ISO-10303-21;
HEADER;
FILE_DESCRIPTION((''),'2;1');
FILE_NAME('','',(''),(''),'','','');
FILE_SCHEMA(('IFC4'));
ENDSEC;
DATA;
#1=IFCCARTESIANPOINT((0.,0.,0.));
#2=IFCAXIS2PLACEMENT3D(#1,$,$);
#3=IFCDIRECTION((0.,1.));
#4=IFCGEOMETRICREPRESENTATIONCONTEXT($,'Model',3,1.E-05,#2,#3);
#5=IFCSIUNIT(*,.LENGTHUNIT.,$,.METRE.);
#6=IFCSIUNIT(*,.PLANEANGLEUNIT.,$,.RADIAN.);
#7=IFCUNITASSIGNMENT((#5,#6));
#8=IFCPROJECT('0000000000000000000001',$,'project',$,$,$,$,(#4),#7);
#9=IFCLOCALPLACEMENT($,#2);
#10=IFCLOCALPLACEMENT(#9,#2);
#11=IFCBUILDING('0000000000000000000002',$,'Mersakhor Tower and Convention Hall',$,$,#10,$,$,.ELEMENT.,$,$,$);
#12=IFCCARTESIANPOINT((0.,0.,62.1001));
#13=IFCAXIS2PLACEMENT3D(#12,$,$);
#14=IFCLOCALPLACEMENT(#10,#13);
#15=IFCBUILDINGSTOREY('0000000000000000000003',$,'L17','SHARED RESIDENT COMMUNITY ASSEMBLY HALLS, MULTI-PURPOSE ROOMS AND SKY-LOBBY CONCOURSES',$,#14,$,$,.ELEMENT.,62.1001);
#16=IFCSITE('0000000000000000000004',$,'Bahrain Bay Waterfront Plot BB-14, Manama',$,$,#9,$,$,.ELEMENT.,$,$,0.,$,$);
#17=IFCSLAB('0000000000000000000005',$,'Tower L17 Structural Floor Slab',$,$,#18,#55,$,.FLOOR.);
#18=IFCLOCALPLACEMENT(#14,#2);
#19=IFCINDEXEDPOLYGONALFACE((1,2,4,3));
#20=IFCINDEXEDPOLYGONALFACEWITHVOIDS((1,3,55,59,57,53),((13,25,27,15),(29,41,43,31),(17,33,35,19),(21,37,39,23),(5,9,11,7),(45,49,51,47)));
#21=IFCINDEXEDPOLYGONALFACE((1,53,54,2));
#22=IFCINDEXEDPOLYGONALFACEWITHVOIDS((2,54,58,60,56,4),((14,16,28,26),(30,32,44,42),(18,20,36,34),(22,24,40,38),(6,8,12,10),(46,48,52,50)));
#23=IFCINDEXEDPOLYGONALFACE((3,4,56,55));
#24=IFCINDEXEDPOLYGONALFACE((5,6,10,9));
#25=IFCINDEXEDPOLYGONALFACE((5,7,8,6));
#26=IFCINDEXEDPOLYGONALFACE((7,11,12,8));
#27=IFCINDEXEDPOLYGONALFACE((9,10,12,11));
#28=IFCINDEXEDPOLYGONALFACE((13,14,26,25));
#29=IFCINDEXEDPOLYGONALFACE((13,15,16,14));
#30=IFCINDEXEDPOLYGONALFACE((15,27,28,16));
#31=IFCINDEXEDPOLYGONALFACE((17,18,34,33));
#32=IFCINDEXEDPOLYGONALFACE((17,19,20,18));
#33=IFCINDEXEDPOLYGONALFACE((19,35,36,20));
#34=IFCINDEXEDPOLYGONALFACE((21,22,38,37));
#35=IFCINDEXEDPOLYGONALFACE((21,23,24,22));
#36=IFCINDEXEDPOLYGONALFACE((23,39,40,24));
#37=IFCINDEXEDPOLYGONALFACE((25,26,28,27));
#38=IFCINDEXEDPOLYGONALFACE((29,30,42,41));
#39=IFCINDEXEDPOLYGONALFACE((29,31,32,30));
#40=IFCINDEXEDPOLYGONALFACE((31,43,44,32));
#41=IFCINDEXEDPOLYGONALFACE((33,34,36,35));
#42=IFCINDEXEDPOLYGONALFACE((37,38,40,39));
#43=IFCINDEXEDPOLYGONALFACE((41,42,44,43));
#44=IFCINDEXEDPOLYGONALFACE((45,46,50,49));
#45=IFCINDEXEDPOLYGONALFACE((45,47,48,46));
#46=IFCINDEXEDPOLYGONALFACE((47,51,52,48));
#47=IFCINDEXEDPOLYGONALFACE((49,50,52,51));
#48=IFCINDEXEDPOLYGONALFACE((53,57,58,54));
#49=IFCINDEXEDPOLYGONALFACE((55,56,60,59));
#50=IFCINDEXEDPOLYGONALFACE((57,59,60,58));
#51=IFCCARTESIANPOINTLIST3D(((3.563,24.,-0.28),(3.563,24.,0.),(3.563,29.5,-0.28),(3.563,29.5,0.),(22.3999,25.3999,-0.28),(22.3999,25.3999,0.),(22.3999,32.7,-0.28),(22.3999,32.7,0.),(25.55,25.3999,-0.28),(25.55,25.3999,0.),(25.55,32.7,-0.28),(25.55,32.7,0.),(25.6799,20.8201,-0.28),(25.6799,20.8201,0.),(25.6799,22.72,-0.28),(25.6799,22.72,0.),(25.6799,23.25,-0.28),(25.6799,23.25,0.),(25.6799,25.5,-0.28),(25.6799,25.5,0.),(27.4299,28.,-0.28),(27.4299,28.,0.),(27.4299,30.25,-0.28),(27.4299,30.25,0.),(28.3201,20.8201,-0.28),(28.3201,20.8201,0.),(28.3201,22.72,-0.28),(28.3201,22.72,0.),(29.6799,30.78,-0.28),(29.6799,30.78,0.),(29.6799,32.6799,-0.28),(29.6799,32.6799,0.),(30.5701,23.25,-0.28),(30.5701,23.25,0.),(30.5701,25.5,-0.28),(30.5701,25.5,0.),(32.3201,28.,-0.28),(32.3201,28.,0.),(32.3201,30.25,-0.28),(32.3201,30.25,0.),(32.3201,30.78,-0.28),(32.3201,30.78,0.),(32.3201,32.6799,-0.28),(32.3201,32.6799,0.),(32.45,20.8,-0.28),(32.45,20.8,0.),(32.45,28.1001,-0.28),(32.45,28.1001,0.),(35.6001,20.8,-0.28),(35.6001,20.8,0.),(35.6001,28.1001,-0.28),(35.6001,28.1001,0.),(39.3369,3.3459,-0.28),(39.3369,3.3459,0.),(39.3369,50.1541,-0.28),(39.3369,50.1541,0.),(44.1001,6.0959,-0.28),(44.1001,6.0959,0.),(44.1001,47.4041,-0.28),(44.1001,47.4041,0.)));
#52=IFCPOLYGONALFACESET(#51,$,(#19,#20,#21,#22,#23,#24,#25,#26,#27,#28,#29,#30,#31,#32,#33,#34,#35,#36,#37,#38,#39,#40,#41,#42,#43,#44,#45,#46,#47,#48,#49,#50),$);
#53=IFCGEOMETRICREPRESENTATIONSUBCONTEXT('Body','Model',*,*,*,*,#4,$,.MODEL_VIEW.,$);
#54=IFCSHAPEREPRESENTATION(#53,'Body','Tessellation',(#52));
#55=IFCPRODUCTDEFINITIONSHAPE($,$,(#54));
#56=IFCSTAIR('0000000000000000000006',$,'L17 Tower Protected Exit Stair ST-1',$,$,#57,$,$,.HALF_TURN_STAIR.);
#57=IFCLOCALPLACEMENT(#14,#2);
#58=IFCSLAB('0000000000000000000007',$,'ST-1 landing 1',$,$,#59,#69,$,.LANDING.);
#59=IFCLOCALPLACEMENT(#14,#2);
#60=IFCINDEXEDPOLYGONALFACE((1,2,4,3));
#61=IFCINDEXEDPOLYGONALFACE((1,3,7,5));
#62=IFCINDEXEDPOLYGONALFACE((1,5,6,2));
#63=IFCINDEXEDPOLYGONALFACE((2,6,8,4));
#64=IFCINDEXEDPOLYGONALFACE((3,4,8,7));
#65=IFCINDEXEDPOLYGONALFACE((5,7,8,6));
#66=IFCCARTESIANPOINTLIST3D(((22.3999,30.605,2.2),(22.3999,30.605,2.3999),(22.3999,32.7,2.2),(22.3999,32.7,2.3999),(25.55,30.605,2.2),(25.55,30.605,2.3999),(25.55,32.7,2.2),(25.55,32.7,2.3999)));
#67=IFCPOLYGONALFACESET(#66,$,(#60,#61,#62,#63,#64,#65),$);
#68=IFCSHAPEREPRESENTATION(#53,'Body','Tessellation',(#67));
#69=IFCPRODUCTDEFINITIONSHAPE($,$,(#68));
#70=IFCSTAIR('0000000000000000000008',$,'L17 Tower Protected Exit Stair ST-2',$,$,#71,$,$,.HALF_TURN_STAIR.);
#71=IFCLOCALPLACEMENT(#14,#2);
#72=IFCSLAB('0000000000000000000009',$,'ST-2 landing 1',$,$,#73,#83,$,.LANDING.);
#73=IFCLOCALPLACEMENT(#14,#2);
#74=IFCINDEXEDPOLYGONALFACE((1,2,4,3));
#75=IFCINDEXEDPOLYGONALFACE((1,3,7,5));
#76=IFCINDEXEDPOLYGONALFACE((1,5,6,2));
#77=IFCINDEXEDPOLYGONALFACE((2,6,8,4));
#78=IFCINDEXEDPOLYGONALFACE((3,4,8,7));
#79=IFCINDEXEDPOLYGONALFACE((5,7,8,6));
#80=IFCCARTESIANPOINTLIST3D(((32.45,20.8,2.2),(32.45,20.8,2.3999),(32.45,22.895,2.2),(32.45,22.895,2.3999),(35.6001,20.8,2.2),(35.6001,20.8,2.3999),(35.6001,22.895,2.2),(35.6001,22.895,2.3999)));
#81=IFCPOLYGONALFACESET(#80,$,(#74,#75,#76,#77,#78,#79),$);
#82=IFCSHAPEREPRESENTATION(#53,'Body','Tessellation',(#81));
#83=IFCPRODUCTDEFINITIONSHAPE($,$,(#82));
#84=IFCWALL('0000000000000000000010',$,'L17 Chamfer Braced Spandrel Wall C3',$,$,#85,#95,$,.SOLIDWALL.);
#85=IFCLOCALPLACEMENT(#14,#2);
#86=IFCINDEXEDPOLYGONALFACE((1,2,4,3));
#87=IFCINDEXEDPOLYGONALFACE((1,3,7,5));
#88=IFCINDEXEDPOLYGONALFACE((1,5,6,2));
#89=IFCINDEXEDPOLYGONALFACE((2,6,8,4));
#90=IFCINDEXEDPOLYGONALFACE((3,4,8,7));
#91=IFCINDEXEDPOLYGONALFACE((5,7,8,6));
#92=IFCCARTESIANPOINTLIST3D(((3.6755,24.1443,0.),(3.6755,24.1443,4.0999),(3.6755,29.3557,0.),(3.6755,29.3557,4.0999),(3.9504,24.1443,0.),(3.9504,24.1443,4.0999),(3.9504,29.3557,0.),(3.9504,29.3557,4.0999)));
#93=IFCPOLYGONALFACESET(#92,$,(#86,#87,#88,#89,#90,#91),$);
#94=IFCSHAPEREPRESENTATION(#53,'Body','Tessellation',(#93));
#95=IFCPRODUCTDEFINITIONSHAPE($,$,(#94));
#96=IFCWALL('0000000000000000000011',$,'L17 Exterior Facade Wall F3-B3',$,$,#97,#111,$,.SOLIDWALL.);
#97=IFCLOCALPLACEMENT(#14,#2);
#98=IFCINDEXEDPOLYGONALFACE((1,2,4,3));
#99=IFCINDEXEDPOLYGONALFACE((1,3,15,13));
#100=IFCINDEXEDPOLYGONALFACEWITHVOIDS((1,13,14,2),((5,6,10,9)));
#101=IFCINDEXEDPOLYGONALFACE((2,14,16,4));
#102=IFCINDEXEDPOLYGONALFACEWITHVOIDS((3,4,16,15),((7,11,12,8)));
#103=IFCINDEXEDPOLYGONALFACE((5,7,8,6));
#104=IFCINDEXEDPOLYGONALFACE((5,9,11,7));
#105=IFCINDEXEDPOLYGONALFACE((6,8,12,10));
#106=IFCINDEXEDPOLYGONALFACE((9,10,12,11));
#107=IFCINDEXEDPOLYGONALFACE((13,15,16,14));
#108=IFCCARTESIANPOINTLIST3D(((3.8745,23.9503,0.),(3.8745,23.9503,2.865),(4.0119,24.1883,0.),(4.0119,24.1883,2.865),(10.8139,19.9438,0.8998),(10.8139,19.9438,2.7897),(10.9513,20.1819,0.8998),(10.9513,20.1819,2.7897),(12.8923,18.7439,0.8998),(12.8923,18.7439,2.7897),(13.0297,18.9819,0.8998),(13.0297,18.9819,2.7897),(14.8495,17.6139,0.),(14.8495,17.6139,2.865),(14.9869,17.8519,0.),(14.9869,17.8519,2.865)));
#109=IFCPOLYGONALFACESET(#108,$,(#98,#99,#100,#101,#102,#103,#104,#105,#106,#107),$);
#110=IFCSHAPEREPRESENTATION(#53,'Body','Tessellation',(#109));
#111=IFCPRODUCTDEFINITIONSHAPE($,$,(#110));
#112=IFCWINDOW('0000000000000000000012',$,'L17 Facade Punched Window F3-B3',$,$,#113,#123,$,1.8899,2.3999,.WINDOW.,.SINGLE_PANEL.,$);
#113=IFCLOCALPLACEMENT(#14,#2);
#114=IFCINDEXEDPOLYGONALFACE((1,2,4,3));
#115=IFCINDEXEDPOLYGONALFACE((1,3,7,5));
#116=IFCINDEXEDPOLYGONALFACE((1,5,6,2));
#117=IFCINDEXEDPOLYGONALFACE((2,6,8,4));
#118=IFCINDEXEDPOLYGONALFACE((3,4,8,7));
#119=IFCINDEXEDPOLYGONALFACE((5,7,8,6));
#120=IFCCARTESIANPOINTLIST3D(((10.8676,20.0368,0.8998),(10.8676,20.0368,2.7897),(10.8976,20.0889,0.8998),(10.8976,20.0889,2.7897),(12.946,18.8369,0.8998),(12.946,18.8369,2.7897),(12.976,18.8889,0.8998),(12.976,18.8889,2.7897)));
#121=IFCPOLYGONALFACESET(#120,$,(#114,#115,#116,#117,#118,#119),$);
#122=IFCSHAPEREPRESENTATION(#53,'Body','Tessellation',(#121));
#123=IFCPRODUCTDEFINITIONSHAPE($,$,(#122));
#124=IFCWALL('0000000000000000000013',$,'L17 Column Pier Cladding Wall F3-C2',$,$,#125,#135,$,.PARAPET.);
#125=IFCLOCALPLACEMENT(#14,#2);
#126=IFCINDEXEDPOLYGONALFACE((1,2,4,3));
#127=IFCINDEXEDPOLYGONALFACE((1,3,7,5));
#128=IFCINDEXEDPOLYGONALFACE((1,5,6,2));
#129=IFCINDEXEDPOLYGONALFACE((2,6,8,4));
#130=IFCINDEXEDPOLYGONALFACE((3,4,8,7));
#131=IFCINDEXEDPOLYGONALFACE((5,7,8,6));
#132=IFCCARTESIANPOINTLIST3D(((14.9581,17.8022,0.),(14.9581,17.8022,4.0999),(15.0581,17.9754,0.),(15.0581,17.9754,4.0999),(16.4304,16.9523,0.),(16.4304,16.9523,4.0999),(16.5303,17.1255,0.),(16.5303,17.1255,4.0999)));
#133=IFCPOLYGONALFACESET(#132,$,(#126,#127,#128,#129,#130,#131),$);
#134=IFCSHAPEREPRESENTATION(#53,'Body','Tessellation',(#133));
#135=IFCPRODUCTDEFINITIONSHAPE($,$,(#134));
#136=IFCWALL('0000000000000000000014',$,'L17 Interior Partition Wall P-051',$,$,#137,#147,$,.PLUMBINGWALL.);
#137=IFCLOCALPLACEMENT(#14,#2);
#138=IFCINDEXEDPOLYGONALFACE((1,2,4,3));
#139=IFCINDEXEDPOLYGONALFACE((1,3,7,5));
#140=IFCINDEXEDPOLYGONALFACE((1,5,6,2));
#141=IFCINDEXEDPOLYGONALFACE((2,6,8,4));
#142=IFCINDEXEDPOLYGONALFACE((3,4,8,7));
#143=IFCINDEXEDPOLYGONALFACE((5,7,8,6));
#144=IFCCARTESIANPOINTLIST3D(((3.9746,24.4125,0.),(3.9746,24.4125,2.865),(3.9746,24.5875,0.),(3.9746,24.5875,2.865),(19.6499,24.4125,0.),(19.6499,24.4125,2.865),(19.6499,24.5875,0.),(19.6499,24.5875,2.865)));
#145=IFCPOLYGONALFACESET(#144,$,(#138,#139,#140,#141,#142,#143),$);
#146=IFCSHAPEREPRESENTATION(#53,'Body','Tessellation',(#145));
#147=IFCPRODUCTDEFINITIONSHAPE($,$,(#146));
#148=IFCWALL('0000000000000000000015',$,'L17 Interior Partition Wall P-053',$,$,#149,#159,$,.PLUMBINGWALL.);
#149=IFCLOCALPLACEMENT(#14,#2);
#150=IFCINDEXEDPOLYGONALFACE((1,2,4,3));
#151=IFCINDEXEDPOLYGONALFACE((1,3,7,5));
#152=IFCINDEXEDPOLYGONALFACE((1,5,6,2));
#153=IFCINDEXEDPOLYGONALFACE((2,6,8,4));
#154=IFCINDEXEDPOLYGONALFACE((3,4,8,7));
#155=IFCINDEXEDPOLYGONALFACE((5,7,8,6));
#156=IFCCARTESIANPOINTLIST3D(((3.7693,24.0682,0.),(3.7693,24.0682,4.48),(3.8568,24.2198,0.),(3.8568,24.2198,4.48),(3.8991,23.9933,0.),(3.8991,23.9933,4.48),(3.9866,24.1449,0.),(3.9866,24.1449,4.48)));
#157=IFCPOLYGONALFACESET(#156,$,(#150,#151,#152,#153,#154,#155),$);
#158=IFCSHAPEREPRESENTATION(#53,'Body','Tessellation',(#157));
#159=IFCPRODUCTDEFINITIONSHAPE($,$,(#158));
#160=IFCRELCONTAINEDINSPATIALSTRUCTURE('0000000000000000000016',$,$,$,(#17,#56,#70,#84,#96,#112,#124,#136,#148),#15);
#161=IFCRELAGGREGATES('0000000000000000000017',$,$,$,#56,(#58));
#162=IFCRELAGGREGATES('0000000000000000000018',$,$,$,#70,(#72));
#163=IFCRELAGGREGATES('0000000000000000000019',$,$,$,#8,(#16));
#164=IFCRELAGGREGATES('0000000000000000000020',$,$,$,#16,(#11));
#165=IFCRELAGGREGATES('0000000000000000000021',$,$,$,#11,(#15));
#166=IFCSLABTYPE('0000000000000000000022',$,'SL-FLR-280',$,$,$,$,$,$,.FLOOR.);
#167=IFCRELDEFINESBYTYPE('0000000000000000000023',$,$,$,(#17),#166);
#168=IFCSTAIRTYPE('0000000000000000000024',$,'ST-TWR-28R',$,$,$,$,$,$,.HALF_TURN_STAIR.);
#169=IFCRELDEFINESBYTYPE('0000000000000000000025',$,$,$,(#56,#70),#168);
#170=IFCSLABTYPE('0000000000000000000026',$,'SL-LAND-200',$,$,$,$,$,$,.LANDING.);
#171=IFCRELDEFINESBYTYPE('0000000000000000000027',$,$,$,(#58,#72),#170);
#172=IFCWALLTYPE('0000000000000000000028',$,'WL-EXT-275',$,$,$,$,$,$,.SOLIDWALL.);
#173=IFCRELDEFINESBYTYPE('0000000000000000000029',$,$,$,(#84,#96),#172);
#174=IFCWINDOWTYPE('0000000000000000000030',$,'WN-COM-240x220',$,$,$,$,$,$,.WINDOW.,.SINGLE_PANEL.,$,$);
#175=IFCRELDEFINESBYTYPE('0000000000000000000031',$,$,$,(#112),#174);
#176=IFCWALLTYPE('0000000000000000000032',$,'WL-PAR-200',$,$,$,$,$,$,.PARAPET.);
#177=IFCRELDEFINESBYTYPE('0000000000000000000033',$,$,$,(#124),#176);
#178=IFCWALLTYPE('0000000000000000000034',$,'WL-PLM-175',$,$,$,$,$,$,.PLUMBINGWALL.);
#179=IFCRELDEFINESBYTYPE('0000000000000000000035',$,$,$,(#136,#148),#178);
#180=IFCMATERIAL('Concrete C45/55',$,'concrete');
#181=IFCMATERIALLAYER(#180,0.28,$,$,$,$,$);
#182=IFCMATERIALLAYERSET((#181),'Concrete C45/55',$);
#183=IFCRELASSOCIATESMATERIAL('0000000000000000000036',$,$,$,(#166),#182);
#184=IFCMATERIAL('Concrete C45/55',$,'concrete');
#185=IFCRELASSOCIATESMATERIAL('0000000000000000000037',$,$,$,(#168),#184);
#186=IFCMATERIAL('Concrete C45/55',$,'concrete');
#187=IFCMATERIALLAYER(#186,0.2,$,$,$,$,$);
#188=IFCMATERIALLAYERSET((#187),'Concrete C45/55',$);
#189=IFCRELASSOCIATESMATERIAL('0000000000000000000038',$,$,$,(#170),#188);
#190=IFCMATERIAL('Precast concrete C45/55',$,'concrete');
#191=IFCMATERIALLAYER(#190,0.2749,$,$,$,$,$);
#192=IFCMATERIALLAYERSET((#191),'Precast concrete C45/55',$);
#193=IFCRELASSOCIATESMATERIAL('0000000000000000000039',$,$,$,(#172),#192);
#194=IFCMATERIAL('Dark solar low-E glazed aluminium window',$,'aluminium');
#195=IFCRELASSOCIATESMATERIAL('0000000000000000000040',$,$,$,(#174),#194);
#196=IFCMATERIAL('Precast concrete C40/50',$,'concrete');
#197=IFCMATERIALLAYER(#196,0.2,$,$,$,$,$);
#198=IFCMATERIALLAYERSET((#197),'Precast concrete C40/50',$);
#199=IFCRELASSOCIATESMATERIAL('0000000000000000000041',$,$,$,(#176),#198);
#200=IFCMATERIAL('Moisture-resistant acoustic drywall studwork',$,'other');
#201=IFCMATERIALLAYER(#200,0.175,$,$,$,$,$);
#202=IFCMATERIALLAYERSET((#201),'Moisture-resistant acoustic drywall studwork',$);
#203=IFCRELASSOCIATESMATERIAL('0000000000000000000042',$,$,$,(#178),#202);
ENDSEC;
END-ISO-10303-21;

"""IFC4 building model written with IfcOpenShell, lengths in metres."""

from ifc_helpers import new_model, si_unit, direction, frame, frame_2d, origin, place, context, subcontext, project, spatial, polyline, rectangle, outline, extrude, material, layer, layer_set, type_object, element, fill, aggregate, save


model = new_model("IFC4")

# Units and contexts
model_context = context("Model", 3, precision=1e-05, world=origin(), true_north=direction((0.0, 1.0)))
body_context = subcontext(model_context, "Body", "Model", "MODEL_VIEW")
ifc_project = project(units=[si_unit("LENGTHUNIT", "METRE"), si_unit("PLANEANGLEUNIT", "RADIAN")], contexts=[model_context])

# Site, building, storey
site_placement = place(None, origin())
site = spatial("IfcSite", under=ifc_project, at=site_placement, Name="Bahrain Bay Waterfront Plot BB-14, Manama", CompositionType="ELEMENT", RefElevation=0.0)
building_placement = place(site_placement, origin())
building = spatial("IfcBuilding", under=site, at=building_placement, Name="Mersakhor Tower and Convention Hall", CompositionType="ELEMENT")
storey_placement = place(building_placement, frame((0.0, 0.0, 62.1001)))
storey = spatial("IfcBuildingStorey", under=building, at=storey_placement, Name="L17", Description="SHARED RESIDENT COMMUNITY ASSEMBLY HALLS, MULTI-PURPOSE ROOMS AND SKY-LOBBY CONCOURSES", CompositionType="ELEMENT", Elevation=62.1001)

# Slab
ifc_material_1 = material(Name="Concrete C45/55", Category="concrete")
ifc_layer_1 = layer(ifc_material_1, 0.28)
ifc_layer_set_1 = layer_set([ifc_layer_1], Name="Concrete C45/55")
slab_type_1 = type_object("IfcSlabType", Name="SL-FLR-280", PredefinedType="FLOOR", material=ifc_layer_set_1)
slab_1_placement = place(storey_placement, frame((0.0, 0.0, -0.28)))
element("IfcSlab", 1, at=slab_1_placement, inside=storey, type_object=slab_type_1, Name="Tower L17 Structural Floor Slab", PredefinedType="FLOOR", context=body_context, shape_type="SweptSolid", body=[
    extrude(outline(polyline([(3.563, 29.5), (39.3369, 50.1541), (44.1001, 47.4041), (44.1001, 6.0959), (39.3369, 3.3459), (3.563, 24.0), (3.563, 29.5)]), holes=[polyline([(25.55, 25.3999), (25.55, 32.7), (22.3999, 32.7), (22.3999, 25.3999), (25.55, 25.3999)]), polyline([(32.45, 28.1001), (32.45, 20.8), (35.6001, 20.8), (35.6001, 28.1001), (32.45, 28.1001)]), polyline([(25.6799, 20.8201), (25.6799, 22.72), (28.3201, 22.72), (28.3201, 20.8201), (25.6799, 20.8201)]), polyline([(29.6799, 30.78), (29.6799, 32.6799), (32.3201, 32.6799), (32.3201, 30.78), (29.6799, 30.78)]), polyline([(25.6799, 23.25), (25.6799, 25.5), (30.5701, 25.5), (30.5701, 23.25), (25.6799, 23.25)]), polyline([(27.4299, 28.0), (27.4299, 30.25), (32.3201, 30.25), (32.3201, 28.0), (27.4299, 28.0)])]), origin(), (0.0, 0.0, 1.0), 0.28),
])

# Stairs, slabs
ifc_material_2 = material(Name="Concrete C45/55", Category="concrete")
stair_type = type_object("IfcStairType", Name="ST-TWR-28R", PredefinedType="HALF_TURN_STAIR", material=ifc_material_2)
stair_1_placement = place(storey_placement, origin())
stair_1 = element("IfcStair", 2, at=stair_1_placement, inside=storey, type_object=stair_type, Name="L17 Tower Protected Exit Stair ST-1", PredefinedType="HALF_TURN_STAIR")
ifc_material_3 = material(Name="Concrete C45/55", Category="concrete")
ifc_layer_2 = layer(ifc_material_3, 0.2)
ifc_layer_set_2 = layer_set([ifc_layer_2], Name="Concrete C45/55")
slab_type_2 = type_object("IfcSlabType", Name="SL-LAND-200", PredefinedType="LANDING", material=ifc_layer_set_2)
slab_2_placement = place(storey_placement, frame((0.0, 0.0, 2.2)))
slab_2 = element("IfcSlab", 3, at=slab_2_placement, type_object=slab_type_2, Name="ST-1 landing 1", PredefinedType="LANDING", context=body_context, shape_type="SweptSolid", body=[
    extrude(outline(polyline([(25.55, 30.605), (25.55, 32.7), (22.3999, 32.7), (22.3999, 30.605), (25.55, 30.605)])), origin(), (0.0, 0.0, 1.0), 0.2),
])
aggregate(stair_1, [slab_2])
stair_2_placement = place(storey_placement, origin())
stair_2 = element("IfcStair", 4, at=stair_2_placement, inside=storey, type_object=stair_type, Name="L17 Tower Protected Exit Stair ST-2", PredefinedType="HALF_TURN_STAIR")
slab_3_placement = place(storey_placement, frame((0.0, 0.0, 2.2)))
slab_3 = element("IfcSlab", 5, at=slab_3_placement, type_object=slab_type_2, Name="ST-2 landing 1", PredefinedType="LANDING", context=body_context, shape_type="SweptSolid", body=[
    extrude(outline(polyline([(32.45, 22.895), (32.45, 20.8), (35.6001, 20.8), (35.6001, 22.895), (32.45, 22.895)])), origin(), (0.0, 0.0, 1.0), 0.2),
])
aggregate(stair_2, [slab_3])

# Wall
ifc_material_4 = material(Name="Precast concrete C45/55", Category="concrete")
ifc_layer_3 = layer(ifc_material_4, 0.2749)
ifc_layer_set_3 = layer_set([ifc_layer_3], Name="Precast concrete C45/55")
wall_type_1 = type_object("IfcWallType", Name="WL-EXT-275", PredefinedType="SOLIDWALL", material=ifc_layer_set_3)
wall_1_placement = place(storey_placement, frame((3.813, 24.1443, 0.0), z_axis=(0.0, 0.0, 1.0), x_axis=(0.0, 1.0, 0.0)))
element("IfcWall", 6, at=wall_1_placement, inside=storey, type_object=wall_type_1, Name="L17 Chamfer Braced Spandrel Wall C3", PredefinedType="SOLIDWALL", context=body_context, shape_type="SweptSolid", body=[
    extrude(rectangle(XDim=5.2114, YDim=0.2749, at=frame_2d((2.6057, 0.0))), origin(), (0.0, 0.0, 1.0), 4.0999),
])

# Wall, opening, window
wall_2_placement = place(storey_placement, frame((14.9182, 17.7329, 0.0), z_axis=(0.0, 0.0, 1.0), x_axis=(-0.866027, 0.499997, 0.0)))
wall_2 = element("IfcWall", 7, at=wall_2_placement, inside=storey, type_object=wall_type_1, Name="L17 Exterior Facade Wall F3-B3", PredefinedType="SOLIDWALL", context=body_context, shape_type="SweptSolid", body=[
    extrude(rectangle(XDim=12.6729, YDim=0.2749, at=frame_2d((6.3364, 0.0))), origin(), (0.0, 0.0, 1.0), 2.865),
])
opening_placement = place(wall_2_placement, frame((2.26, 0.0, 0.8999)))
opening = element("IfcOpeningElement", 8, at=opening_placement, cuts=wall_2, PredefinedType="OPENING", context=body_context, shape_type="SweptSolid", body=[
    extrude(rectangle(XDim=2.3999, YDim=1.8899, at=frame_2d((1.2, 0.9448))), frame((0.0, 0.1475, 0.0), z_axis=(0.0, -1.0, 0.0), x_axis=(1.0, 0.0, 0.0)), (0.0, 0.0, 1.0), 0.2949),
])
ifc_material_5 = material(Name="Dark solar low-E glazed aluminium window", Category="aluminium")
window_type = type_object("IfcWindowType", Name="WN-COM-240x220", PartitioningType="SINGLE_PANEL", PredefinedType="WINDOW", material=ifc_material_5)
window_placement = place(opening_placement, origin())
window = element("IfcWindow", 9, at=window_placement, inside=storey, type_object=window_type, Name="L17 Facade Punched Window F3-B3", OverallHeight=1.8899, OverallWidth=2.3999, PartitioningType="SINGLE_PANEL", PredefinedType="WINDOW", context=body_context, shape_type="SweptSolid", body=[
    extrude(rectangle(XDim=2.3999, YDim=1.8899, at=frame_2d((1.2, 0.9448))), frame((0.0, 0.03, 0.0), z_axis=(0.0, -1.0, 0.0), x_axis=(1.0, 0.0, 0.0)), (0.0, 0.0, 1.0), 0.0601),
])
fill(opening, window)

# Walls
ifc_material_6 = material(Name="Precast concrete C40/50", Category="concrete")
ifc_layer_4 = layer(ifc_material_6, 0.2)
ifc_layer_set_4 = layer_set([ifc_layer_4], Name="Precast concrete C40/50")
wall_type_2 = type_object("IfcWallType", Name="WL-PAR-200", PredefinedType="PARAPET", material=ifc_layer_set_4)
wall_3_placement = place(storey_placement, frame((16.4805, 17.0388, 0.0), z_axis=(0.0, 0.0, 1.0), x_axis=(-0.866052, 0.499955, 0.0)))
element("IfcWall", 10, at=wall_3_placement, inside=storey, type_object=wall_type_2, Name="L17 Column Pier Cladding Wall F3-C2", PredefinedType="PARAPET", context=body_context, shape_type="SweptSolid", body=[
    extrude(rectangle(XDim=1.7, YDim=0.2, at=frame_2d((0.8501, 0.0))), origin(), (0.0, 0.0, 1.0), 4.0999),
])
ifc_material_7 = material(Name="Moisture-resistant acoustic drywall studwork", Category="other")
ifc_layer_5 = layer(ifc_material_7, 0.175)
ifc_layer_set_5 = layer_set([ifc_layer_5], Name="Moisture-resistant acoustic drywall studwork")
wall_type_3 = type_object("IfcWallType", Name="WL-PLM-175", PredefinedType="PLUMBINGWALL", material=ifc_layer_set_5)
wall_4_placement = place(storey_placement, frame((3.9746, 24.5, 0.0), z_axis=(0.0, 0.0, 1.0), x_axis=(1.0, 0.0, 0.0)))
element("IfcWall", 11, at=wall_4_placement, inside=storey, type_object=wall_type_3, Name="L17 Interior Partition Wall P-051", PredefinedType="PLUMBINGWALL", context=body_context, shape_type="SweptSolid", body=[
    extrude(rectangle(XDim=15.6753, YDim=0.175, at=frame_2d((7.8376, 0.0))), origin(), (0.0, 0.0, 1.0), 2.865),
])
wall_5_placement = place(storey_placement, frame((3.9429, 24.0691, 0.0), z_axis=(0.0, 0.0, 1.0), x_axis=(-0.866131, 0.499816, 0.0)))
element("IfcWall", 12, at=wall_5_placement, inside=storey, type_object=wall_type_3, Name="L17 Interior Partition Wall P-053", PredefinedType="PLUMBINGWALL", context=body_context, shape_type="SweptSolid", body=[
    extrude(rectangle(XDim=0.1499, YDim=0.175, at=frame_2d((0.075, 0.0))), origin(), (0.0, 0.0, 1.0), 4.48),
])

save(model, "model.ifc")
